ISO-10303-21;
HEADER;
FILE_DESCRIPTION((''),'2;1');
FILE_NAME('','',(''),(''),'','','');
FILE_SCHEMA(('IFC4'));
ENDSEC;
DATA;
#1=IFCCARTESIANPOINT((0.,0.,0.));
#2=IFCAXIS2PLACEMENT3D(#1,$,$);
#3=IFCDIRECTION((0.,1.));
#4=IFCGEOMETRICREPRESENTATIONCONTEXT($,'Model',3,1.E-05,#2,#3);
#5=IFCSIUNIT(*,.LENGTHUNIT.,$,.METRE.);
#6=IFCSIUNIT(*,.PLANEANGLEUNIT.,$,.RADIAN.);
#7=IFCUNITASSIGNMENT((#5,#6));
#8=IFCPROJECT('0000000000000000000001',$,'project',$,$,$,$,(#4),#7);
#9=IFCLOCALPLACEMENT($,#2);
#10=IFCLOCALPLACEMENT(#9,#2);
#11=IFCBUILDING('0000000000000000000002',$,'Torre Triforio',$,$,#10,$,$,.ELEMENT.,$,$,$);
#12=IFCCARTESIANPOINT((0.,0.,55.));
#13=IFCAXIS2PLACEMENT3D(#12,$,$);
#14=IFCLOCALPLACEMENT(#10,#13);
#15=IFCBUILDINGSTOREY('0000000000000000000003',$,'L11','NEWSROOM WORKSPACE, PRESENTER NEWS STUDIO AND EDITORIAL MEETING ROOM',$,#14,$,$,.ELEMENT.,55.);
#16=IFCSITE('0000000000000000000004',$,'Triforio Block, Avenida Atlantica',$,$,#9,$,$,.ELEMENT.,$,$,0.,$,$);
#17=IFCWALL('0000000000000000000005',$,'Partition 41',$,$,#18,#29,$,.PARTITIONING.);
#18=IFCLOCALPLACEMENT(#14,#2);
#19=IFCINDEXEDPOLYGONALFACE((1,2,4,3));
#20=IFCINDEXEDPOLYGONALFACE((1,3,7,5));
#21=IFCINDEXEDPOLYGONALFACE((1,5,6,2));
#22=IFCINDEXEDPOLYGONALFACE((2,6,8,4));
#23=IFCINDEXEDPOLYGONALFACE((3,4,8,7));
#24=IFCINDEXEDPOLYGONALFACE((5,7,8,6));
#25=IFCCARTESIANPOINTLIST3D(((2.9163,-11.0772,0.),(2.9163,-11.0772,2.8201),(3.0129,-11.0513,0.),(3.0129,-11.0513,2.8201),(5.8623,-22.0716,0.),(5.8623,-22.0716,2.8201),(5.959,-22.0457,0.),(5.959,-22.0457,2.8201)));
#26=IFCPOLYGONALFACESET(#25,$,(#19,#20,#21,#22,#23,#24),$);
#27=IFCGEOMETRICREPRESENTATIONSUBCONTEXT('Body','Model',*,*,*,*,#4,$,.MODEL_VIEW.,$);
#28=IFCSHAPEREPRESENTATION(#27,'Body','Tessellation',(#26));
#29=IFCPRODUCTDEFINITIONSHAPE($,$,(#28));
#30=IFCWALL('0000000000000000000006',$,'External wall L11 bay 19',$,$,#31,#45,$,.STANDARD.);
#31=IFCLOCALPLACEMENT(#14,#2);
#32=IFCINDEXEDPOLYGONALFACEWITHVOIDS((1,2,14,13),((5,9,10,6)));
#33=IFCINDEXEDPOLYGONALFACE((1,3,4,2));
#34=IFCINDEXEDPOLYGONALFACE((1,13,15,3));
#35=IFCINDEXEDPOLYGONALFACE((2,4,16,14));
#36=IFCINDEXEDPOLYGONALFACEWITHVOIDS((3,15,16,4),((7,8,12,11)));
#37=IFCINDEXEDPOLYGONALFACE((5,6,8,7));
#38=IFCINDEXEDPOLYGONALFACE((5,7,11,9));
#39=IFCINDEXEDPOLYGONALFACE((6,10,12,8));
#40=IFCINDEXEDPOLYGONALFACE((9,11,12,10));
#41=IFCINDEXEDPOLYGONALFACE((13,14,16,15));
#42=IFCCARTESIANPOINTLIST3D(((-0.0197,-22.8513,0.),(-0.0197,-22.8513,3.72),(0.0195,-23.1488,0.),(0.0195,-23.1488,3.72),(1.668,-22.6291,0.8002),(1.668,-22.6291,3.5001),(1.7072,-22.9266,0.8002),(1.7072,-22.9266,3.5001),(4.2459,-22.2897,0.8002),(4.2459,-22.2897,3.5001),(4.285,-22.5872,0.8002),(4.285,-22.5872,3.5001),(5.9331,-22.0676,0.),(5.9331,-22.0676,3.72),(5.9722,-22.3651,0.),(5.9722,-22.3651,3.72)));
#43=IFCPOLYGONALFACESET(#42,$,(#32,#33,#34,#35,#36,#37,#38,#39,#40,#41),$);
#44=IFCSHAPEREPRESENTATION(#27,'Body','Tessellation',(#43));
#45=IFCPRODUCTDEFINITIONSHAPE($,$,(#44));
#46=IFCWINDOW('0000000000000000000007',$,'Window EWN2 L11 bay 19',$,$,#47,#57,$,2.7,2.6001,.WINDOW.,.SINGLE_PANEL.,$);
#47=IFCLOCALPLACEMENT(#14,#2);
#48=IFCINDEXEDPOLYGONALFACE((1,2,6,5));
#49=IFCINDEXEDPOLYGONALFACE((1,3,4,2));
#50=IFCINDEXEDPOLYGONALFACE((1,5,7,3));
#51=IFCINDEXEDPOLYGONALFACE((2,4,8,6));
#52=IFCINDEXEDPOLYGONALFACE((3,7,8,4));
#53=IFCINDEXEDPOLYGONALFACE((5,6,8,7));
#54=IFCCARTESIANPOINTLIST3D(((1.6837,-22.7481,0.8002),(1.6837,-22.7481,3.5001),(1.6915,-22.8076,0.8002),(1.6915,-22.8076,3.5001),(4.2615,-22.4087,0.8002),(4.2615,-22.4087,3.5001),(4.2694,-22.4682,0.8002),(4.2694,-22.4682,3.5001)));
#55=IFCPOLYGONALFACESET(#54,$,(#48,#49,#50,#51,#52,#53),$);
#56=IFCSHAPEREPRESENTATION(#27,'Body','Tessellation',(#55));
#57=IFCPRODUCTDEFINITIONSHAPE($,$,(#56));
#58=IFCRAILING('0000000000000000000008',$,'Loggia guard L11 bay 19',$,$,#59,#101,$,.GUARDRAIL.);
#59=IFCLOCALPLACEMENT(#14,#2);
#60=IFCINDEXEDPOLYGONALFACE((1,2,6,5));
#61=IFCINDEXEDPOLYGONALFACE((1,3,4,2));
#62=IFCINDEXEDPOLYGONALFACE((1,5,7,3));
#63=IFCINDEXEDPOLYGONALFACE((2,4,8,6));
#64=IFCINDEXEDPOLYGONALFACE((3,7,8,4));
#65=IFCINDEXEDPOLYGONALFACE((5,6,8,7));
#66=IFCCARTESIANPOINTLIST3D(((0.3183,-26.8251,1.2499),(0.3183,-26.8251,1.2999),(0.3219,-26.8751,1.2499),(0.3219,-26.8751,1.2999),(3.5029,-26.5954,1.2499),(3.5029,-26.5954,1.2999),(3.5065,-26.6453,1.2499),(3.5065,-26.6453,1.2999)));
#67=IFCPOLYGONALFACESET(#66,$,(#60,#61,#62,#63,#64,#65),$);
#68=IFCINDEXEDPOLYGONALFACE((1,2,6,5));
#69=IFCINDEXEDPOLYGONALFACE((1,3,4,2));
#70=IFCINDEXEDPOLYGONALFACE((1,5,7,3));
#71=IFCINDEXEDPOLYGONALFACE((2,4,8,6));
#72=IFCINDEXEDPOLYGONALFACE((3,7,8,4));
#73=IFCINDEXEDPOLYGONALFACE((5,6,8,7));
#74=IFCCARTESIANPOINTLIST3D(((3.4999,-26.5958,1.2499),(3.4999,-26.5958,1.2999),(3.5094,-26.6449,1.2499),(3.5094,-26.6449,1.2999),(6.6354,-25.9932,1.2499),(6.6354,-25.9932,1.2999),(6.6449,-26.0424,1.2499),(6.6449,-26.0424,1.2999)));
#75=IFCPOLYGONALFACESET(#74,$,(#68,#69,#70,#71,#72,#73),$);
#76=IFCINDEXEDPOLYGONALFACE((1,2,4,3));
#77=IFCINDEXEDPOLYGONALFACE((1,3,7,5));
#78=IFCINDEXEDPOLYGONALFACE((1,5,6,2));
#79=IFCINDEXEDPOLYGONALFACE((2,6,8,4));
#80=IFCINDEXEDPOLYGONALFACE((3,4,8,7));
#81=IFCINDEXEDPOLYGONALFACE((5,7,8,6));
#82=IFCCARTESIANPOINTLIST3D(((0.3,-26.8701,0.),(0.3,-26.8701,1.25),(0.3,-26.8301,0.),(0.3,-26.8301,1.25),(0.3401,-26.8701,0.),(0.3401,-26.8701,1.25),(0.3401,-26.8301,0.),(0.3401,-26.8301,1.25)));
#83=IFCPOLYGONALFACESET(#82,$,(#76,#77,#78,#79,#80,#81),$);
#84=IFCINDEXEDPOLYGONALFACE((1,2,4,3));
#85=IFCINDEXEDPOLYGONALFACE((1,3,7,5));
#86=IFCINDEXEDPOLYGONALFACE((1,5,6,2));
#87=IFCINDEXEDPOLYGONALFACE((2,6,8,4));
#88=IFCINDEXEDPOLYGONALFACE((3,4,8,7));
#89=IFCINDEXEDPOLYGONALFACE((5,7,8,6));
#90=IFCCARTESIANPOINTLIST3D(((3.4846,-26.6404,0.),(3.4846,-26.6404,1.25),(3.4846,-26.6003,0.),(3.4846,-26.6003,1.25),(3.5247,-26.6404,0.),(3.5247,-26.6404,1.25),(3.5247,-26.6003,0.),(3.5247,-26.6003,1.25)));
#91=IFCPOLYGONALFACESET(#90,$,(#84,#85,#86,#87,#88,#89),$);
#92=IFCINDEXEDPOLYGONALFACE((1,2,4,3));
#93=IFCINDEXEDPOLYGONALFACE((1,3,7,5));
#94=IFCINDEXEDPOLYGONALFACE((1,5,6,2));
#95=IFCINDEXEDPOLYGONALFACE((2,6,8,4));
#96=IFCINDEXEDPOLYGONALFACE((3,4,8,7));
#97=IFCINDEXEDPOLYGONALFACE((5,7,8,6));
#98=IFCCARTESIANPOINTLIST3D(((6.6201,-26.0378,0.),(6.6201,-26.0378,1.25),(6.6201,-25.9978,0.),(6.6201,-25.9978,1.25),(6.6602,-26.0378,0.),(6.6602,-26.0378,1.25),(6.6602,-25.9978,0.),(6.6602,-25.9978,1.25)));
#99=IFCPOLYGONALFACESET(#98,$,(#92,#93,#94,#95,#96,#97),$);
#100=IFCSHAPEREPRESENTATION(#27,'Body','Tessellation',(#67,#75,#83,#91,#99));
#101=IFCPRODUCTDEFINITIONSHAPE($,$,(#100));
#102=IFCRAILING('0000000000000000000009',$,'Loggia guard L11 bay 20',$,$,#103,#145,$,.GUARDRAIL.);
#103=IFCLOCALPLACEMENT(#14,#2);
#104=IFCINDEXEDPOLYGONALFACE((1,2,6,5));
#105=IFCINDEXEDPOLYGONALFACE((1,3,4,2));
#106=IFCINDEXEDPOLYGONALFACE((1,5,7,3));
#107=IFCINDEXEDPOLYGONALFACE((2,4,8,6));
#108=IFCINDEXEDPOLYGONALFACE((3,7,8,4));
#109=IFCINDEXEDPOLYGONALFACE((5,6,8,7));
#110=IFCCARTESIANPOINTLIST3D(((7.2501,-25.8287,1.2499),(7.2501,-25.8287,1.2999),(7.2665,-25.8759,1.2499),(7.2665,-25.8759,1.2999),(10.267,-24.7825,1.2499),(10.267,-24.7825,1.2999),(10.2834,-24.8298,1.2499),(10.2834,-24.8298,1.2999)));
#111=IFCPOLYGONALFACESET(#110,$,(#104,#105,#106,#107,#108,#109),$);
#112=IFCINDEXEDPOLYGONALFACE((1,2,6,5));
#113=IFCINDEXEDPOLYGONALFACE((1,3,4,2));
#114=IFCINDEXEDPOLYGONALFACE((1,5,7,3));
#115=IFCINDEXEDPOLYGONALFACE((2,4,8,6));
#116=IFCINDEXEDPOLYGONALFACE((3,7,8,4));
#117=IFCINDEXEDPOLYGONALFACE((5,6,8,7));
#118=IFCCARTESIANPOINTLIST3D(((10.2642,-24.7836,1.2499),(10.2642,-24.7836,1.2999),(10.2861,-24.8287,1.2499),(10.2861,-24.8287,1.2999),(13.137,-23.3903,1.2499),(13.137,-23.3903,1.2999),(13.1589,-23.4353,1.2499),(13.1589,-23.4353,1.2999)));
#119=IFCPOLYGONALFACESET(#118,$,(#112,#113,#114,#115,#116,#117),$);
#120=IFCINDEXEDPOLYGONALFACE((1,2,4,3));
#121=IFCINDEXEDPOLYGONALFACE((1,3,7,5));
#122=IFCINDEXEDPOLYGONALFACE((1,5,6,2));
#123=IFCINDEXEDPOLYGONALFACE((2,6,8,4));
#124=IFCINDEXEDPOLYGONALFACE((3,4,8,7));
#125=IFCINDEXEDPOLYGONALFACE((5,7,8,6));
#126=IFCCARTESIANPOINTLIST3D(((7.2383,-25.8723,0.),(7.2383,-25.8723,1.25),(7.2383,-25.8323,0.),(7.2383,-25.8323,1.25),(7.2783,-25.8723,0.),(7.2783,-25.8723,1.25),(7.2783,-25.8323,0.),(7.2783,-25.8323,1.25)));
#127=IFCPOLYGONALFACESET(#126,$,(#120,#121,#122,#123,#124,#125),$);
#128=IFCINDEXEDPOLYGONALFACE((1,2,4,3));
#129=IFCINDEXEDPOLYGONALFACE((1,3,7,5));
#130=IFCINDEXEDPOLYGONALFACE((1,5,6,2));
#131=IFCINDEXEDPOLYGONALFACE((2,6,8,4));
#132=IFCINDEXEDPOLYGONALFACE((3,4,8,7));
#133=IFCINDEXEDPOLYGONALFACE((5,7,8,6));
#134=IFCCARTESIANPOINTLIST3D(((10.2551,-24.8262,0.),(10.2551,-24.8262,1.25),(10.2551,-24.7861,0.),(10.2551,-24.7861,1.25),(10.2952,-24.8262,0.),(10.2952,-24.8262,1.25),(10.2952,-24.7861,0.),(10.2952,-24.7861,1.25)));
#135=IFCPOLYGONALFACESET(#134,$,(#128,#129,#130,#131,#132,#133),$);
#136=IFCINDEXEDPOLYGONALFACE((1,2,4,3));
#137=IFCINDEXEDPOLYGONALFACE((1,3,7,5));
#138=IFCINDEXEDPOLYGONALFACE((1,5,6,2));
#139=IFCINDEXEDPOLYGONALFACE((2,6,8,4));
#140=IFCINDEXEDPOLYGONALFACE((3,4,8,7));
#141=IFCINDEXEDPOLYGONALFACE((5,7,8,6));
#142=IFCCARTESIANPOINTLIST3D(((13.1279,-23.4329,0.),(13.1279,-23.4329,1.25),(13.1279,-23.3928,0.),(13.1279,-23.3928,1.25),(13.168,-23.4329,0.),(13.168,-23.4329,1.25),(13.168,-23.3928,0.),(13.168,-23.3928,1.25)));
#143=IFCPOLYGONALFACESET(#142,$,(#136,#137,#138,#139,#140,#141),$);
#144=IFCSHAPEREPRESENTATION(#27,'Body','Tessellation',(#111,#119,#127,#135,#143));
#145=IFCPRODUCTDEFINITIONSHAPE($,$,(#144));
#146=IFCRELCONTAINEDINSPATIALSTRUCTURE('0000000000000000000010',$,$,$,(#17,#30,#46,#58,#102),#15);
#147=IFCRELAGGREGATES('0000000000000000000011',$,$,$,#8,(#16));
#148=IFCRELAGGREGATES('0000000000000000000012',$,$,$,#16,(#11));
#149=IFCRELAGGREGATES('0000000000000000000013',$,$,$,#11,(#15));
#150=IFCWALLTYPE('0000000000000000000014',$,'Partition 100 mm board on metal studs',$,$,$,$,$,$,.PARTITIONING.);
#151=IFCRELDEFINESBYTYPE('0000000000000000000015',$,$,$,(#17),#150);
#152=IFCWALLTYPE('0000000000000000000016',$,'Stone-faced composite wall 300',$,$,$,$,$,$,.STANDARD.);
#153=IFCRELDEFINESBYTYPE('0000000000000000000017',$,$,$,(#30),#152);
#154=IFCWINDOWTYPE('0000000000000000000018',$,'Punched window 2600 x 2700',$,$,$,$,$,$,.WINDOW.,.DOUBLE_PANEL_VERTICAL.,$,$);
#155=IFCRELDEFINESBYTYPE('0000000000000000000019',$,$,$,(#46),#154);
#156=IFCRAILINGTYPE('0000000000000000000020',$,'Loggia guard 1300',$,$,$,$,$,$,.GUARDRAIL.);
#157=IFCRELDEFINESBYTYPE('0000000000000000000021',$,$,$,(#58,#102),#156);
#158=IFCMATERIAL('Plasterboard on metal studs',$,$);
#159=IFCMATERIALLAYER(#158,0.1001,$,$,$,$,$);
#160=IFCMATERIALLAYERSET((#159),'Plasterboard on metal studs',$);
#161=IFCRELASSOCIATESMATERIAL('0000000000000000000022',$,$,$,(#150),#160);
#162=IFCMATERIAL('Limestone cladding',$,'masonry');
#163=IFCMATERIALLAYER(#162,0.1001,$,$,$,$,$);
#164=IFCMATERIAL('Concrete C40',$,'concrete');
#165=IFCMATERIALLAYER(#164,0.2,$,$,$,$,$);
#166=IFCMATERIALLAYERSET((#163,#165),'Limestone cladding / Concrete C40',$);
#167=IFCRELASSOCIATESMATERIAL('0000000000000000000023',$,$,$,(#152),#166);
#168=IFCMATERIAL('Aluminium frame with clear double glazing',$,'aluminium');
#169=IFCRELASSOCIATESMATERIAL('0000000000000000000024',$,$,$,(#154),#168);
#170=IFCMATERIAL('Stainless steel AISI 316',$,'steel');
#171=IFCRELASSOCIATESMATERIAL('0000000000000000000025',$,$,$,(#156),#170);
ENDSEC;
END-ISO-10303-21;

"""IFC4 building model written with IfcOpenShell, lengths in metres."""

from ifc_helpers import new_model, si_unit, direction, frame, frame_2d, origin, origin_2d, place, context, subcontext, project, spatial, rectangle, extrude, material, layer, layer_set, type_object, element, fill, save


model = new_model("IFC4")

# Units and contexts
model_context = context("Model", 3, precision=1e-05, world=origin(), true_north=direction((0.0, 1.0)))
body_context = subcontext(model_context, "Body", "Model", "MODEL_VIEW")
ifc_project = project(units=[si_unit("LENGTHUNIT", "METRE"), si_unit("PLANEANGLEUNIT", "RADIAN")], contexts=[model_context])

# Site, building, storey
site_placement = place(None, origin())
site = spatial("IfcSite", under=ifc_project, at=site_placement, Name="Triforio Block, Avenida Atlantica", CompositionType="ELEMENT", RefElevation=0.0)
building_placement = place(site_placement, origin())
building = spatial("IfcBuilding", under=site, at=building_placement, Name="Torre Triforio", CompositionType="ELEMENT")
storey_placement = place(building_placement, frame((0.0, 0.0, 55.0)))
storey = spatial("IfcBuildingStorey", under=building, at=storey_placement, Name="L11", Description="NEWSROOM WORKSPACE, PRESENTER NEWS STUDIO AND EDITORIAL MEETING ROOM", CompositionType="ELEMENT", Elevation=55.0)

# Shared definitions
ifc_material_1 = material(Name="Plasterboard on metal studs")

# Wall
ifc_layer_1 = layer(ifc_material_1, 0.1001)
ifc_layer_set_1 = layer_set([ifc_layer_1], Name="Plasterboard on metal studs")
wall_type_1 = type_object("IfcWallType", Name="Partition 100 mm board on metal studs", PredefinedType="PARTITIONING", material=ifc_layer_set_1)
wall_1_placement = place(storey_placement, frame((2.9646, -11.0642, 0.0), z_axis=(0.0, 0.0, 1.0), x_axis=(0.258828, -0.965923, 0.0)))
element("IfcWall", 1, at=wall_1_placement, inside=storey, type_object=wall_type_1, Name="Partition 41", PredefinedType="PARTITIONING", context=body_context, shape_type="SweptSolid", body=[
    extrude(rectangle(XDim=11.3823, YDim=0.1001, at=frame_2d((5.6912, 0.0))), origin(), (0.0, 0.0, 1.0), 2.8201),
])

# Wall, opening, window
ifc_material_2 = material(Name="Limestone cladding", Category="masonry")
ifc_layer_2 = layer(ifc_material_2, 0.1001)
ifc_material_3 = material(Name="Concrete C40", Category="concrete")
ifc_layer_3 = layer(ifc_material_3, 0.2)
ifc_layer_set_2 = layer_set([ifc_layer_2, ifc_layer_3], Name="Limestone cladding / Concrete C40")
wall_type_2 = type_object("IfcWallType", Name="Stone-faced composite wall 300", PredefinedType="STANDARD", material=ifc_layer_set_2)
wall_2_placement = place(storey_placement, frame((0.0, -23.0, 0.0), z_axis=(0.0, 0.0, 1.0), x_axis=(0.991445, 0.130523, 0.0)))
wall_2 = element("IfcWall", 2, at=wall_2_placement, inside=storey, type_object=wall_type_2, Name="External wall L11 bay 19", PredefinedType="STANDARD", context=body_context, shape_type="SweptSolid", body=[
    extrude(rectangle(XDim=6.0042, YDim=0.3, at=frame_2d((3.002, 0.0))), origin(), (0.0, 0.0, 1.0), 3.72),
])
opening_1_placement = place(wall_2_placement, frame((1.7021, 0.0, 0.8)))
opening_1 = element("IfcOpeningElement", 3, at=opening_1_placement, cuts=wall_2, PredefinedType="OPENING", context=body_context, shape_type="SweptSolid", body=[
    extrude(rectangle(XDim=2.6001, YDim=2.7, at=frame_2d((1.3, 1.3501))), frame((0.0, 0.1599, 0.0), z_axis=(0.0, -1.0, 0.0), x_axis=(1.0, 0.0, 0.0)), (0.0, 0.0, 1.0), 0.3201),
])
ifc_material_4 = material(Name="Aluminium frame with clear double glazing", Category="aluminium")
window_type_1 = type_object("IfcWindowType", Name="Punched window 2600 x 2700", PartitioningType="DOUBLE_PANEL_VERTICAL", PredefinedType="WINDOW", material=ifc_material_4)
window_1_placement = place(opening_1_placement, origin())
window_1 = element("IfcWindow", 4, at=window_1_placement, inside=storey, type_object=window_type_1, Name="Window EWN2 L11 bay 19", OverallHeight=2.7, OverallWidth=2.6001, PartitioningType="SINGLE_PANEL", PredefinedType="WINDOW", context=body_context, shape_type="SweptSolid", body=[
    extrude(rectangle(XDim=2.6001, YDim=2.7, at=frame_2d((1.3, 1.3501))), frame((0.0, 0.03, 0.0), z_axis=(0.0, -1.0, 0.0), x_axis=(1.0, 0.0, 0.0)), (0.0, 0.0, 1.0), 0.0601),
])
fill(opening_1, window_1)

# Railings
ifc_material_5 = material(Name="Stainless steel AISI 316", Category="steel")
railing_type = type_object("IfcRailingType", Name="Loggia guard 1300", PredefinedType="GUARDRAIL", material=ifc_material_5)
railing_1_placement = place(storey_placement, frame((0.3201, -26.8501, 0.0)))
element("IfcRailing", 5, at=railing_1_placement, inside=storey, type_object=railing_type, Name="Loggia guard L11 bay 19", PredefinedType="GUARDRAIL", context=body_context, shape_type="SweptSolid", body=[
    extrude(rectangle(XDim=0.05, YDim=0.05, at=origin_2d()), frame((0.0, 0.0, 1.2749), z_axis=(0.997408, 0.071953, 0.0), x_axis=(-0.071953, 0.997408, 0.0)), (0.0, 0.0, 1.0), 3.1929),
    extrude(rectangle(XDim=0.05, YDim=0.05, at=origin_2d()), frame((3.1846, 0.2297, 1.2749), z_axis=(0.982032, 0.188714, 0.0), x_axis=(-0.188714, 0.982032, 0.0)), (0.0, 0.0, 1.0), 3.1929),
    extrude(rectangle(XDim=0.04, YDim=0.04, at=origin_2d()), origin(), (0.0, 0.0, 1.0), 1.25),
    extrude(rectangle(XDim=0.04, YDim=0.04, at=origin_2d()), frame((3.1846, 0.2297, 0.0)), (0.0, 0.0, 1.0), 1.25),
    extrude(rectangle(XDim=0.04, YDim=0.04, at=origin_2d()), frame((6.3201, 0.8323, 0.0)), (0.0, 0.0, 1.0), 1.25),
])
railing_2_placement = place(storey_placement, frame((7.2583, -25.8523, 0.0)))
element("IfcRailing", 6, at=railing_2_placement, inside=storey, type_object=railing_type, Name="Loggia guard L11 bay 20", PredefinedType="GUARDRAIL", context=body_context, shape_type="SweptSolid", body=[
    extrude(rectangle(XDim=0.05, YDim=0.05, at=origin_2d()), frame((0.0, 0.0, 1.2749), z_axis=(0.944807, 0.327628, 0.0), x_axis=(-0.327628, 0.944807, 0.0)), (0.0, 0.0, 1.0), 3.1931),
    extrude(rectangle(XDim=0.05, YDim=0.05, at=origin_2d()), frame((3.0168, 1.0461, 1.2749), z_axis=(0.89976, 0.436384, 0.0), x_axis=(-0.436384, 0.89976, 0.0)), (0.0, 0.0, 1.0), 3.1929),
    extrude(rectangle(XDim=0.04, YDim=0.04, at=origin_2d()), origin(), (0.0, 0.0, 1.0), 1.25),
    extrude(rectangle(XDim=0.04, YDim=0.04, at=origin_2d()), frame((3.0168, 1.0461, 0.0)), (0.0, 0.0, 1.0), 1.25),
    extrude(rectangle(XDim=0.04, YDim=0.04, at=origin_2d()), frame((5.8896, 2.4395, 0.0)), (0.0, 0.0, 1.0), 1.25),
])

save(model, "model.ifc")
